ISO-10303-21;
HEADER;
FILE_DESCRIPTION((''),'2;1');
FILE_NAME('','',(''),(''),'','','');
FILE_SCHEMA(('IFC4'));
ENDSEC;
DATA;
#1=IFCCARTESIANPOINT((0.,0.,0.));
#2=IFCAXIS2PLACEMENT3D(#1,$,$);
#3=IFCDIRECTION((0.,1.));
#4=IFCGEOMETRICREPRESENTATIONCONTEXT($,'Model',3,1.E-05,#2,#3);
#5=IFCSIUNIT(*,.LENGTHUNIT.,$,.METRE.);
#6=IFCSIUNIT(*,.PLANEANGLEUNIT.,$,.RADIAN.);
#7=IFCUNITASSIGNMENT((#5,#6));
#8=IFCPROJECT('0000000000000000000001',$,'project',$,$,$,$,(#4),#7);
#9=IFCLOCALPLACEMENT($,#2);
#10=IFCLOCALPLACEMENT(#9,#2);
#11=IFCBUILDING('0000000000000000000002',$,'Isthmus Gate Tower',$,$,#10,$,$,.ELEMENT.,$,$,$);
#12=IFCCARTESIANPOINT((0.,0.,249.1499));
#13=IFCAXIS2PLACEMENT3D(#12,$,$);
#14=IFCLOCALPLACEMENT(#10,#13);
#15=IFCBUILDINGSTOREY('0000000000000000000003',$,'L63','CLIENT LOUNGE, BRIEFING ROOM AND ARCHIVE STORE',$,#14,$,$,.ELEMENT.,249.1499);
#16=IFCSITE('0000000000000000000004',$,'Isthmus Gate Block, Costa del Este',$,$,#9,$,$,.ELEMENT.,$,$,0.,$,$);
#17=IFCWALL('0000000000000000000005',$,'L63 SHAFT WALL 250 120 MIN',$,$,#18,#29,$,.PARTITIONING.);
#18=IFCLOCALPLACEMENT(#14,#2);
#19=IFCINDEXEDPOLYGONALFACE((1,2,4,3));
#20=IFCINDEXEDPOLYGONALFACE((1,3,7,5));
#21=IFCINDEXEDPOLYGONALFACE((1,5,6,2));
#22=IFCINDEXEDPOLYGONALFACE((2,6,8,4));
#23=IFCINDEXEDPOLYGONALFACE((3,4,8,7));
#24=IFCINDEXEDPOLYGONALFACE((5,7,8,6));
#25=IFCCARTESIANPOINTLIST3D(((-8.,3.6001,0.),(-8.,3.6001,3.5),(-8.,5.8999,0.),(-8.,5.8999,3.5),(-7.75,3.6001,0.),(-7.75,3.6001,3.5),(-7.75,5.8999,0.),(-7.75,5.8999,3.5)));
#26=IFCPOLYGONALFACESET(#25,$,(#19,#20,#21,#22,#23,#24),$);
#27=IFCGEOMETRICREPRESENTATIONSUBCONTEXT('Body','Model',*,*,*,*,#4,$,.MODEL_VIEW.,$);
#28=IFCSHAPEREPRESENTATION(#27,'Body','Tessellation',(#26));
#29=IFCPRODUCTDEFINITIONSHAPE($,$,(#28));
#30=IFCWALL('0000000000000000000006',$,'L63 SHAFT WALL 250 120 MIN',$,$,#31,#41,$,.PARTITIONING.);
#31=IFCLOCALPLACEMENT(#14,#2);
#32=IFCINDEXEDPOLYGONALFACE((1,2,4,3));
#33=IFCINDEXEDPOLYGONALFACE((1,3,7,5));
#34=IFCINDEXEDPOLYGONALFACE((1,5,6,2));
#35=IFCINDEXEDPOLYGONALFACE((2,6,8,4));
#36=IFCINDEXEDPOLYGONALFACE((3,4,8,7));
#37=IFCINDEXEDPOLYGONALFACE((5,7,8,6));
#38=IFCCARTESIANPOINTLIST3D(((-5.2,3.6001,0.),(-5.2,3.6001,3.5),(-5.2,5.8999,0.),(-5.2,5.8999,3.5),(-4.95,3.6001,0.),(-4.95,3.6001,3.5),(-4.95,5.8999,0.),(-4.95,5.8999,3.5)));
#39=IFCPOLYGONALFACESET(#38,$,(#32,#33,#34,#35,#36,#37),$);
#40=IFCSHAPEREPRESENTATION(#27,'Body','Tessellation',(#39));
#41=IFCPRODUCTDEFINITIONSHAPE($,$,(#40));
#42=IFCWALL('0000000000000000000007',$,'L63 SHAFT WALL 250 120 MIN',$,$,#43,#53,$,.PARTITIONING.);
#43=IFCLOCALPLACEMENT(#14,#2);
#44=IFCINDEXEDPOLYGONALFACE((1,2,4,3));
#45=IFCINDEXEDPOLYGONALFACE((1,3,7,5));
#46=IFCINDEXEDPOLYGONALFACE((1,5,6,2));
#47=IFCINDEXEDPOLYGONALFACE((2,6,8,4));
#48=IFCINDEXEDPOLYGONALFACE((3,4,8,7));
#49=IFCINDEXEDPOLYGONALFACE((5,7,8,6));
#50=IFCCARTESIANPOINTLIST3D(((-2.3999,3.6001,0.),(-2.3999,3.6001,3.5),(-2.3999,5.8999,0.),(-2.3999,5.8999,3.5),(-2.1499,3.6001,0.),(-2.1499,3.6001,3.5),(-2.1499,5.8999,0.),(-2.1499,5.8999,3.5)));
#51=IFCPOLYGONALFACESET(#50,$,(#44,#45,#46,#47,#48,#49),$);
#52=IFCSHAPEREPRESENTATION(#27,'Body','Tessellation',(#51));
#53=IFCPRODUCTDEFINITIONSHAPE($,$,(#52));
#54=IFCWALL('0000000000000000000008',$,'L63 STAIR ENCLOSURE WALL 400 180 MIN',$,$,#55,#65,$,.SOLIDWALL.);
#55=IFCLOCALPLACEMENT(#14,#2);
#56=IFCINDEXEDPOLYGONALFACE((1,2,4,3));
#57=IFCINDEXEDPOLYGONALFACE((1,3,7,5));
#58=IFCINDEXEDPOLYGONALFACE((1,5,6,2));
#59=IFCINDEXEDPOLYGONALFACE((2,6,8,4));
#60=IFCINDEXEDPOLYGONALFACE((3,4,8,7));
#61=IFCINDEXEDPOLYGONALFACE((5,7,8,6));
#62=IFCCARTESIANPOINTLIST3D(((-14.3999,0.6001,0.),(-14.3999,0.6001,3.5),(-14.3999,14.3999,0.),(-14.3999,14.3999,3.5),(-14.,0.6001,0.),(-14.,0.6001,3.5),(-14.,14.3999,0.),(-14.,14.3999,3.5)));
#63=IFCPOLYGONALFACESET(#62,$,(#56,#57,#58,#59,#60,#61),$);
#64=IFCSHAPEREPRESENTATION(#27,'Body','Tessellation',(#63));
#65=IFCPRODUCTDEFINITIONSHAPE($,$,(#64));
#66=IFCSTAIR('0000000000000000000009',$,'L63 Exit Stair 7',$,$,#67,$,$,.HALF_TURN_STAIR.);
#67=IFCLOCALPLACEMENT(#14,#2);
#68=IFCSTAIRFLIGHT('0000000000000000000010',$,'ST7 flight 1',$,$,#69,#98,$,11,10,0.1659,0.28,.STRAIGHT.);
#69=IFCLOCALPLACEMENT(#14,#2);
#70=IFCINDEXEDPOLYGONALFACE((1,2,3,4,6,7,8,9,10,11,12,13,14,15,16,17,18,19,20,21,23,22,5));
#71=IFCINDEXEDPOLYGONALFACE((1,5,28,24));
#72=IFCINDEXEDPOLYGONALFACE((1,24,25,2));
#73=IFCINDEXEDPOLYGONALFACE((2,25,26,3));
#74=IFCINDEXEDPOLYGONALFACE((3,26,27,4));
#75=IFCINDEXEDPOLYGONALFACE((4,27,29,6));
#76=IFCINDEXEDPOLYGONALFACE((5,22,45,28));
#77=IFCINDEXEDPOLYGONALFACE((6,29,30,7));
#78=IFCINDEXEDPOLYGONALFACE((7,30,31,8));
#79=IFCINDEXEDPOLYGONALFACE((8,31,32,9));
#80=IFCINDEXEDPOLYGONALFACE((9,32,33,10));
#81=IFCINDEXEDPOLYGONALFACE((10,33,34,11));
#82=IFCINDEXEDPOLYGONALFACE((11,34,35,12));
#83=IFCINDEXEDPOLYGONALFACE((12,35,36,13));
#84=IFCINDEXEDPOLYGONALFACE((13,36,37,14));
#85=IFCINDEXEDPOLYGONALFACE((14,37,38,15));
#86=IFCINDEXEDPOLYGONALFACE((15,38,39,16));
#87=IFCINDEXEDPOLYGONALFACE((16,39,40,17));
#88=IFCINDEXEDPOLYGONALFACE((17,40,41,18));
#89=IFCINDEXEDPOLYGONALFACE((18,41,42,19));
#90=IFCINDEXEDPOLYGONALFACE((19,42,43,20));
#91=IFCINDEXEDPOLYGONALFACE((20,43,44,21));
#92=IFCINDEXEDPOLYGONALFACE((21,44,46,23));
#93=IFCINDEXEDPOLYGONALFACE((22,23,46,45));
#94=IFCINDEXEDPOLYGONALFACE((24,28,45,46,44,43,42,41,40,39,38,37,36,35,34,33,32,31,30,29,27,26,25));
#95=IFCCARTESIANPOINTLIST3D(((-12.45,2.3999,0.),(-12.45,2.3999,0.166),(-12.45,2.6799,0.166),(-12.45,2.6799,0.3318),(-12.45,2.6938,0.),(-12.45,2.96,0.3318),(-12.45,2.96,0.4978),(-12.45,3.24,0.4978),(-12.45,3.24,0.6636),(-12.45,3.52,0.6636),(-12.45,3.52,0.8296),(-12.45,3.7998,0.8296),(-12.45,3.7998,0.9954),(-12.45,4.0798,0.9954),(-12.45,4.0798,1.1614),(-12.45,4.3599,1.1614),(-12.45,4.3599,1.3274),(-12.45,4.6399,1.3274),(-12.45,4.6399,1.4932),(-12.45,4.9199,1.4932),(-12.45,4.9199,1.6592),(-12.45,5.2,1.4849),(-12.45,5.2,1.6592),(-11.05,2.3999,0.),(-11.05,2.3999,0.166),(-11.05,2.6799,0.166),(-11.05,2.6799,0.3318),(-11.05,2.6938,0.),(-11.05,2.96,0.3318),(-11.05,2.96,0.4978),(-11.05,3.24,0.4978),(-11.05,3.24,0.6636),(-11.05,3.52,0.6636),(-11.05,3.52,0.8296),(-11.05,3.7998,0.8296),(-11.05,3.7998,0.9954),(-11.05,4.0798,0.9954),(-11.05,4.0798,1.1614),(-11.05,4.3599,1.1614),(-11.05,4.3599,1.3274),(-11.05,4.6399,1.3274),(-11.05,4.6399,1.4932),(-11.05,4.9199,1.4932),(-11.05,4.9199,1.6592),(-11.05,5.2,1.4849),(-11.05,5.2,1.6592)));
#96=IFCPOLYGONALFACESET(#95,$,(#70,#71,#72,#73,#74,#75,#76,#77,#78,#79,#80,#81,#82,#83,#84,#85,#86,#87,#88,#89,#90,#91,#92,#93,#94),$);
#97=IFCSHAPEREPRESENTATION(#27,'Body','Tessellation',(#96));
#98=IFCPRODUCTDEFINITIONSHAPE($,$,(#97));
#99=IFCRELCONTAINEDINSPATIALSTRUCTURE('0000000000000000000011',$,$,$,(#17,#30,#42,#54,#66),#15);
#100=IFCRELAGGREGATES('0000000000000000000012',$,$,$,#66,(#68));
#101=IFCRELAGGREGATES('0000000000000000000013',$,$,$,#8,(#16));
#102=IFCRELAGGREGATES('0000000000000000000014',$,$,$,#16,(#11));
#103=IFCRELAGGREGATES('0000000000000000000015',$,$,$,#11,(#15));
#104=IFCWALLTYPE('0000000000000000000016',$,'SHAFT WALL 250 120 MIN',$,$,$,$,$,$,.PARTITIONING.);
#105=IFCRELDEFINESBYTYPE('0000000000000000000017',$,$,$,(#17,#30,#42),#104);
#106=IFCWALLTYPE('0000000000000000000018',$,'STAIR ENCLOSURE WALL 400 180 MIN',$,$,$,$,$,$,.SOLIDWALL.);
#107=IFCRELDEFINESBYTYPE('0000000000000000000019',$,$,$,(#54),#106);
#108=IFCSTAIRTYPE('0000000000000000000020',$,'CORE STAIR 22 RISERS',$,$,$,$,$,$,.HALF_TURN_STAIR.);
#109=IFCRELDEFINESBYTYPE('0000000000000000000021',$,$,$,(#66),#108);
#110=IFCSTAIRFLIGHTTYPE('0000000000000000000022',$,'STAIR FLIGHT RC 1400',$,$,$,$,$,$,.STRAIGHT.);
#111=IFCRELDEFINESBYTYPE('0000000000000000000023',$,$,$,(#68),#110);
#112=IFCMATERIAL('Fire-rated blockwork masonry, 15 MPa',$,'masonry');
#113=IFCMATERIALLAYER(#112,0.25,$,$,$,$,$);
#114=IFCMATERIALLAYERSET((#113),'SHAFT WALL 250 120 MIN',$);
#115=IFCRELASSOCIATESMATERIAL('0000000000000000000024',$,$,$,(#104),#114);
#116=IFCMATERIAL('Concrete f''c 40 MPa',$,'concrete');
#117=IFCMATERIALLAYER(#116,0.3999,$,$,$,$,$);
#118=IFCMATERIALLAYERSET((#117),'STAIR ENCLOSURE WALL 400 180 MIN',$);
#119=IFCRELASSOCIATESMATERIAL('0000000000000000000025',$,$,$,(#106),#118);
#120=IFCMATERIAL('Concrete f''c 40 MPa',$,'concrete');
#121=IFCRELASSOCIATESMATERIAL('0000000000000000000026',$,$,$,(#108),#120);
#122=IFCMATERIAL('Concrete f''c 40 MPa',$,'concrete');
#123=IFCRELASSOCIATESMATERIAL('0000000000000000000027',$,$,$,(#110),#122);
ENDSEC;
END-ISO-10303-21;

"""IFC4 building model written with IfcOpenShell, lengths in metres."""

from ifc_helpers import new_model, si_unit, direction, frame, frame_2d, origin, place, context, subcontext, project, spatial, polyline, rectangle, outline, extrude, material, layer, layer_set, type_object, element, aggregate, save


model = new_model("IFC4")

# Units and contexts
model_context = context("Model", 3, precision=1e-05, world=origin(), true_north=direction((0.0, 1.0)))
body_context = subcontext(model_context, "Body", "Model", "MODEL_VIEW")
ifc_project = project(units=[si_unit("LENGTHUNIT", "METRE"), si_unit("PLANEANGLEUNIT", "RADIAN")], contexts=[model_context])

# Site, building, storey
site_placement = place(None, origin())
site = spatial("IfcSite", under=ifc_project, at=site_placement, Name="Isthmus Gate Block, Costa del Este", CompositionType="ELEMENT", RefElevation=0.0)
building_placement = place(site_placement, origin())
building = spatial("IfcBuilding", under=site, at=building_placement, Name="Isthmus Gate Tower", CompositionType="ELEMENT")
storey_placement = place(building_placement, frame((0.0, 0.0, 249.1499)))
storey = spatial("IfcBuildingStorey", under=building, at=storey_placement, Name="L63", Description="CLIENT LOUNGE, BRIEFING ROOM AND ARCHIVE STORE", CompositionType="ELEMENT", Elevation=249.1499)

# Walls
ifc_material_1 = material(Name="Fire-rated blockwork masonry, 15 MPa", Category="masonry")
ifc_layer_1 = layer(ifc_material_1, 0.25)
ifc_layer_set_1 = layer_set([ifc_layer_1], Name="SHAFT WALL 250 120 MIN")
wall_type_1 = type_object("IfcWallType", Name="SHAFT WALL 250 120 MIN", PredefinedType="PARTITIONING", material=ifc_layer_set_1)
for number, where, z_axis, x_axis, name in (
    (1, (-7.875, 3.6001, 0.0), (0.0, 0.0, 1.0), (0.0, 1.0, 0.0), "L63 SHAFT WALL 250 120 MIN"),
    (2, (-5.075, 3.6001, 0.0), (0.0, 0.0, 1.0), (0.0, 1.0, 0.0), "L63 SHAFT WALL 250 120 MIN"),
    (3, (-2.2749, 3.6001, 0.0), (0.0, 0.0, 1.0), (0.0, 1.0, 0.0), "L63 SHAFT WALL 250 120 MIN"),
):
    element("IfcWall", number, at=place(storey_placement, frame(where, z_axis=z_axis, x_axis=x_axis)), inside=storey, type_object=wall_type_1, Name=name, PredefinedType="PARTITIONING", context=body_context, shape_type="SweptSolid", body=[
        extrude(rectangle(XDim=2.2998, YDim=0.25, at=frame_2d((1.1499, 0.0))), origin(), (0.0, 0.0, 1.0), 3.5),
    ])
ifc_material_2 = material(Name="Concrete f'c 40 MPa", Category="concrete")
ifc_layer_2 = layer(ifc_material_2, 0.3999)
ifc_layer_set_2 = layer_set([ifc_layer_2], Name="STAIR ENCLOSURE WALL 400 180 MIN")
wall_type_2 = type_object("IfcWallType", Name="STAIR ENCLOSURE WALL 400 180 MIN", PredefinedType="SOLIDWALL", material=ifc_layer_set_2)
wall_1_placement = place(storey_placement, frame((-14.2, 0.6001, 0.0), z_axis=(0.0, 0.0, 1.0), x_axis=(0.0, 1.0, 0.0)))
element("IfcWall", 4, at=wall_1_placement, inside=storey, type_object=wall_type_2, Name="L63 STAIR ENCLOSURE WALL 400 180 MIN", PredefinedType="SOLIDWALL", context=body_context, shape_type="SweptSolid", body=[
    extrude(rectangle(XDim=13.7998, YDim=0.3999, at=frame_2d((6.8999, 0.0))), origin(), (0.0, 0.0, 1.0), 3.5),
])

# Stair, stair flight
ifc_material_3 = material(Name="Concrete f'c 40 MPa", Category="concrete")
stair_type = type_object("IfcStairType", Name="CORE STAIR 22 RISERS", PredefinedType="HALF_TURN_STAIR", material=ifc_material_3)
stair_placement = place(storey_placement, origin())
stair = element("IfcStair", 5, at=stair_placement, inside=storey, type_object=stair_type, Name="L63 Exit Stair 7", PredefinedType="HALF_TURN_STAIR")
ifc_material_4 = material(Name="Concrete f'c 40 MPa", Category="concrete")
stair_flight_type = type_object("IfcStairFlightType", Name="STAIR FLIGHT RC 1400", PredefinedType="STRAIGHT", material=ifc_material_4)
stair_flight_placement = place(storey_placement, frame((-11.75, 2.3999, 0.0), z_axis=(0.0, 0.0, 1.0), x_axis=(0.0, 1.0, 0.0)))
stair_flight = element("IfcStairFlight", 6, at=stair_flight_placement, type_object=stair_flight_type, Name="ST7 flight 1", NumberOfRisers=11, NumberOfTreads=10, PredefinedType="STRAIGHT", RiserHeight=0.1659, TreadLength=0.28, context=body_context, shape_type="SweptSolid", body=[
    extrude(outline(polyline([(0.0, 0.0), (0.0, 0.166), (0.28, 0.166), (0.28, 0.3318), (0.5601, 0.3318), (0.5601, 0.4978), (0.8401, 0.4978), (0.8401, 0.6636), (1.1201, 0.6636), (1.1201, 0.8296), (1.3999, 0.8296), (1.3999, 0.9954), (1.6799, 0.9954), (1.6799, 1.1614), (1.96, 1.1614), (1.96, 1.3274), (2.24, 1.3274), (2.24, 1.4932), (2.52, 1.4932), (2.52, 1.6592), (2.8, 1.6592), (2.8, 1.825), (2.8, 1.4849), (0.2939, 0.0), (0.0, 0.0)])), frame((0.0, 0.7, 0.0), z_axis=(0.0, -1.0, 0.0), x_axis=(1.0, 0.0, 0.0)), (0.0, 0.0, 1.0), 1.3999),
])
aggregate(stair, [stair_flight])

save(model, "model.ifc")
